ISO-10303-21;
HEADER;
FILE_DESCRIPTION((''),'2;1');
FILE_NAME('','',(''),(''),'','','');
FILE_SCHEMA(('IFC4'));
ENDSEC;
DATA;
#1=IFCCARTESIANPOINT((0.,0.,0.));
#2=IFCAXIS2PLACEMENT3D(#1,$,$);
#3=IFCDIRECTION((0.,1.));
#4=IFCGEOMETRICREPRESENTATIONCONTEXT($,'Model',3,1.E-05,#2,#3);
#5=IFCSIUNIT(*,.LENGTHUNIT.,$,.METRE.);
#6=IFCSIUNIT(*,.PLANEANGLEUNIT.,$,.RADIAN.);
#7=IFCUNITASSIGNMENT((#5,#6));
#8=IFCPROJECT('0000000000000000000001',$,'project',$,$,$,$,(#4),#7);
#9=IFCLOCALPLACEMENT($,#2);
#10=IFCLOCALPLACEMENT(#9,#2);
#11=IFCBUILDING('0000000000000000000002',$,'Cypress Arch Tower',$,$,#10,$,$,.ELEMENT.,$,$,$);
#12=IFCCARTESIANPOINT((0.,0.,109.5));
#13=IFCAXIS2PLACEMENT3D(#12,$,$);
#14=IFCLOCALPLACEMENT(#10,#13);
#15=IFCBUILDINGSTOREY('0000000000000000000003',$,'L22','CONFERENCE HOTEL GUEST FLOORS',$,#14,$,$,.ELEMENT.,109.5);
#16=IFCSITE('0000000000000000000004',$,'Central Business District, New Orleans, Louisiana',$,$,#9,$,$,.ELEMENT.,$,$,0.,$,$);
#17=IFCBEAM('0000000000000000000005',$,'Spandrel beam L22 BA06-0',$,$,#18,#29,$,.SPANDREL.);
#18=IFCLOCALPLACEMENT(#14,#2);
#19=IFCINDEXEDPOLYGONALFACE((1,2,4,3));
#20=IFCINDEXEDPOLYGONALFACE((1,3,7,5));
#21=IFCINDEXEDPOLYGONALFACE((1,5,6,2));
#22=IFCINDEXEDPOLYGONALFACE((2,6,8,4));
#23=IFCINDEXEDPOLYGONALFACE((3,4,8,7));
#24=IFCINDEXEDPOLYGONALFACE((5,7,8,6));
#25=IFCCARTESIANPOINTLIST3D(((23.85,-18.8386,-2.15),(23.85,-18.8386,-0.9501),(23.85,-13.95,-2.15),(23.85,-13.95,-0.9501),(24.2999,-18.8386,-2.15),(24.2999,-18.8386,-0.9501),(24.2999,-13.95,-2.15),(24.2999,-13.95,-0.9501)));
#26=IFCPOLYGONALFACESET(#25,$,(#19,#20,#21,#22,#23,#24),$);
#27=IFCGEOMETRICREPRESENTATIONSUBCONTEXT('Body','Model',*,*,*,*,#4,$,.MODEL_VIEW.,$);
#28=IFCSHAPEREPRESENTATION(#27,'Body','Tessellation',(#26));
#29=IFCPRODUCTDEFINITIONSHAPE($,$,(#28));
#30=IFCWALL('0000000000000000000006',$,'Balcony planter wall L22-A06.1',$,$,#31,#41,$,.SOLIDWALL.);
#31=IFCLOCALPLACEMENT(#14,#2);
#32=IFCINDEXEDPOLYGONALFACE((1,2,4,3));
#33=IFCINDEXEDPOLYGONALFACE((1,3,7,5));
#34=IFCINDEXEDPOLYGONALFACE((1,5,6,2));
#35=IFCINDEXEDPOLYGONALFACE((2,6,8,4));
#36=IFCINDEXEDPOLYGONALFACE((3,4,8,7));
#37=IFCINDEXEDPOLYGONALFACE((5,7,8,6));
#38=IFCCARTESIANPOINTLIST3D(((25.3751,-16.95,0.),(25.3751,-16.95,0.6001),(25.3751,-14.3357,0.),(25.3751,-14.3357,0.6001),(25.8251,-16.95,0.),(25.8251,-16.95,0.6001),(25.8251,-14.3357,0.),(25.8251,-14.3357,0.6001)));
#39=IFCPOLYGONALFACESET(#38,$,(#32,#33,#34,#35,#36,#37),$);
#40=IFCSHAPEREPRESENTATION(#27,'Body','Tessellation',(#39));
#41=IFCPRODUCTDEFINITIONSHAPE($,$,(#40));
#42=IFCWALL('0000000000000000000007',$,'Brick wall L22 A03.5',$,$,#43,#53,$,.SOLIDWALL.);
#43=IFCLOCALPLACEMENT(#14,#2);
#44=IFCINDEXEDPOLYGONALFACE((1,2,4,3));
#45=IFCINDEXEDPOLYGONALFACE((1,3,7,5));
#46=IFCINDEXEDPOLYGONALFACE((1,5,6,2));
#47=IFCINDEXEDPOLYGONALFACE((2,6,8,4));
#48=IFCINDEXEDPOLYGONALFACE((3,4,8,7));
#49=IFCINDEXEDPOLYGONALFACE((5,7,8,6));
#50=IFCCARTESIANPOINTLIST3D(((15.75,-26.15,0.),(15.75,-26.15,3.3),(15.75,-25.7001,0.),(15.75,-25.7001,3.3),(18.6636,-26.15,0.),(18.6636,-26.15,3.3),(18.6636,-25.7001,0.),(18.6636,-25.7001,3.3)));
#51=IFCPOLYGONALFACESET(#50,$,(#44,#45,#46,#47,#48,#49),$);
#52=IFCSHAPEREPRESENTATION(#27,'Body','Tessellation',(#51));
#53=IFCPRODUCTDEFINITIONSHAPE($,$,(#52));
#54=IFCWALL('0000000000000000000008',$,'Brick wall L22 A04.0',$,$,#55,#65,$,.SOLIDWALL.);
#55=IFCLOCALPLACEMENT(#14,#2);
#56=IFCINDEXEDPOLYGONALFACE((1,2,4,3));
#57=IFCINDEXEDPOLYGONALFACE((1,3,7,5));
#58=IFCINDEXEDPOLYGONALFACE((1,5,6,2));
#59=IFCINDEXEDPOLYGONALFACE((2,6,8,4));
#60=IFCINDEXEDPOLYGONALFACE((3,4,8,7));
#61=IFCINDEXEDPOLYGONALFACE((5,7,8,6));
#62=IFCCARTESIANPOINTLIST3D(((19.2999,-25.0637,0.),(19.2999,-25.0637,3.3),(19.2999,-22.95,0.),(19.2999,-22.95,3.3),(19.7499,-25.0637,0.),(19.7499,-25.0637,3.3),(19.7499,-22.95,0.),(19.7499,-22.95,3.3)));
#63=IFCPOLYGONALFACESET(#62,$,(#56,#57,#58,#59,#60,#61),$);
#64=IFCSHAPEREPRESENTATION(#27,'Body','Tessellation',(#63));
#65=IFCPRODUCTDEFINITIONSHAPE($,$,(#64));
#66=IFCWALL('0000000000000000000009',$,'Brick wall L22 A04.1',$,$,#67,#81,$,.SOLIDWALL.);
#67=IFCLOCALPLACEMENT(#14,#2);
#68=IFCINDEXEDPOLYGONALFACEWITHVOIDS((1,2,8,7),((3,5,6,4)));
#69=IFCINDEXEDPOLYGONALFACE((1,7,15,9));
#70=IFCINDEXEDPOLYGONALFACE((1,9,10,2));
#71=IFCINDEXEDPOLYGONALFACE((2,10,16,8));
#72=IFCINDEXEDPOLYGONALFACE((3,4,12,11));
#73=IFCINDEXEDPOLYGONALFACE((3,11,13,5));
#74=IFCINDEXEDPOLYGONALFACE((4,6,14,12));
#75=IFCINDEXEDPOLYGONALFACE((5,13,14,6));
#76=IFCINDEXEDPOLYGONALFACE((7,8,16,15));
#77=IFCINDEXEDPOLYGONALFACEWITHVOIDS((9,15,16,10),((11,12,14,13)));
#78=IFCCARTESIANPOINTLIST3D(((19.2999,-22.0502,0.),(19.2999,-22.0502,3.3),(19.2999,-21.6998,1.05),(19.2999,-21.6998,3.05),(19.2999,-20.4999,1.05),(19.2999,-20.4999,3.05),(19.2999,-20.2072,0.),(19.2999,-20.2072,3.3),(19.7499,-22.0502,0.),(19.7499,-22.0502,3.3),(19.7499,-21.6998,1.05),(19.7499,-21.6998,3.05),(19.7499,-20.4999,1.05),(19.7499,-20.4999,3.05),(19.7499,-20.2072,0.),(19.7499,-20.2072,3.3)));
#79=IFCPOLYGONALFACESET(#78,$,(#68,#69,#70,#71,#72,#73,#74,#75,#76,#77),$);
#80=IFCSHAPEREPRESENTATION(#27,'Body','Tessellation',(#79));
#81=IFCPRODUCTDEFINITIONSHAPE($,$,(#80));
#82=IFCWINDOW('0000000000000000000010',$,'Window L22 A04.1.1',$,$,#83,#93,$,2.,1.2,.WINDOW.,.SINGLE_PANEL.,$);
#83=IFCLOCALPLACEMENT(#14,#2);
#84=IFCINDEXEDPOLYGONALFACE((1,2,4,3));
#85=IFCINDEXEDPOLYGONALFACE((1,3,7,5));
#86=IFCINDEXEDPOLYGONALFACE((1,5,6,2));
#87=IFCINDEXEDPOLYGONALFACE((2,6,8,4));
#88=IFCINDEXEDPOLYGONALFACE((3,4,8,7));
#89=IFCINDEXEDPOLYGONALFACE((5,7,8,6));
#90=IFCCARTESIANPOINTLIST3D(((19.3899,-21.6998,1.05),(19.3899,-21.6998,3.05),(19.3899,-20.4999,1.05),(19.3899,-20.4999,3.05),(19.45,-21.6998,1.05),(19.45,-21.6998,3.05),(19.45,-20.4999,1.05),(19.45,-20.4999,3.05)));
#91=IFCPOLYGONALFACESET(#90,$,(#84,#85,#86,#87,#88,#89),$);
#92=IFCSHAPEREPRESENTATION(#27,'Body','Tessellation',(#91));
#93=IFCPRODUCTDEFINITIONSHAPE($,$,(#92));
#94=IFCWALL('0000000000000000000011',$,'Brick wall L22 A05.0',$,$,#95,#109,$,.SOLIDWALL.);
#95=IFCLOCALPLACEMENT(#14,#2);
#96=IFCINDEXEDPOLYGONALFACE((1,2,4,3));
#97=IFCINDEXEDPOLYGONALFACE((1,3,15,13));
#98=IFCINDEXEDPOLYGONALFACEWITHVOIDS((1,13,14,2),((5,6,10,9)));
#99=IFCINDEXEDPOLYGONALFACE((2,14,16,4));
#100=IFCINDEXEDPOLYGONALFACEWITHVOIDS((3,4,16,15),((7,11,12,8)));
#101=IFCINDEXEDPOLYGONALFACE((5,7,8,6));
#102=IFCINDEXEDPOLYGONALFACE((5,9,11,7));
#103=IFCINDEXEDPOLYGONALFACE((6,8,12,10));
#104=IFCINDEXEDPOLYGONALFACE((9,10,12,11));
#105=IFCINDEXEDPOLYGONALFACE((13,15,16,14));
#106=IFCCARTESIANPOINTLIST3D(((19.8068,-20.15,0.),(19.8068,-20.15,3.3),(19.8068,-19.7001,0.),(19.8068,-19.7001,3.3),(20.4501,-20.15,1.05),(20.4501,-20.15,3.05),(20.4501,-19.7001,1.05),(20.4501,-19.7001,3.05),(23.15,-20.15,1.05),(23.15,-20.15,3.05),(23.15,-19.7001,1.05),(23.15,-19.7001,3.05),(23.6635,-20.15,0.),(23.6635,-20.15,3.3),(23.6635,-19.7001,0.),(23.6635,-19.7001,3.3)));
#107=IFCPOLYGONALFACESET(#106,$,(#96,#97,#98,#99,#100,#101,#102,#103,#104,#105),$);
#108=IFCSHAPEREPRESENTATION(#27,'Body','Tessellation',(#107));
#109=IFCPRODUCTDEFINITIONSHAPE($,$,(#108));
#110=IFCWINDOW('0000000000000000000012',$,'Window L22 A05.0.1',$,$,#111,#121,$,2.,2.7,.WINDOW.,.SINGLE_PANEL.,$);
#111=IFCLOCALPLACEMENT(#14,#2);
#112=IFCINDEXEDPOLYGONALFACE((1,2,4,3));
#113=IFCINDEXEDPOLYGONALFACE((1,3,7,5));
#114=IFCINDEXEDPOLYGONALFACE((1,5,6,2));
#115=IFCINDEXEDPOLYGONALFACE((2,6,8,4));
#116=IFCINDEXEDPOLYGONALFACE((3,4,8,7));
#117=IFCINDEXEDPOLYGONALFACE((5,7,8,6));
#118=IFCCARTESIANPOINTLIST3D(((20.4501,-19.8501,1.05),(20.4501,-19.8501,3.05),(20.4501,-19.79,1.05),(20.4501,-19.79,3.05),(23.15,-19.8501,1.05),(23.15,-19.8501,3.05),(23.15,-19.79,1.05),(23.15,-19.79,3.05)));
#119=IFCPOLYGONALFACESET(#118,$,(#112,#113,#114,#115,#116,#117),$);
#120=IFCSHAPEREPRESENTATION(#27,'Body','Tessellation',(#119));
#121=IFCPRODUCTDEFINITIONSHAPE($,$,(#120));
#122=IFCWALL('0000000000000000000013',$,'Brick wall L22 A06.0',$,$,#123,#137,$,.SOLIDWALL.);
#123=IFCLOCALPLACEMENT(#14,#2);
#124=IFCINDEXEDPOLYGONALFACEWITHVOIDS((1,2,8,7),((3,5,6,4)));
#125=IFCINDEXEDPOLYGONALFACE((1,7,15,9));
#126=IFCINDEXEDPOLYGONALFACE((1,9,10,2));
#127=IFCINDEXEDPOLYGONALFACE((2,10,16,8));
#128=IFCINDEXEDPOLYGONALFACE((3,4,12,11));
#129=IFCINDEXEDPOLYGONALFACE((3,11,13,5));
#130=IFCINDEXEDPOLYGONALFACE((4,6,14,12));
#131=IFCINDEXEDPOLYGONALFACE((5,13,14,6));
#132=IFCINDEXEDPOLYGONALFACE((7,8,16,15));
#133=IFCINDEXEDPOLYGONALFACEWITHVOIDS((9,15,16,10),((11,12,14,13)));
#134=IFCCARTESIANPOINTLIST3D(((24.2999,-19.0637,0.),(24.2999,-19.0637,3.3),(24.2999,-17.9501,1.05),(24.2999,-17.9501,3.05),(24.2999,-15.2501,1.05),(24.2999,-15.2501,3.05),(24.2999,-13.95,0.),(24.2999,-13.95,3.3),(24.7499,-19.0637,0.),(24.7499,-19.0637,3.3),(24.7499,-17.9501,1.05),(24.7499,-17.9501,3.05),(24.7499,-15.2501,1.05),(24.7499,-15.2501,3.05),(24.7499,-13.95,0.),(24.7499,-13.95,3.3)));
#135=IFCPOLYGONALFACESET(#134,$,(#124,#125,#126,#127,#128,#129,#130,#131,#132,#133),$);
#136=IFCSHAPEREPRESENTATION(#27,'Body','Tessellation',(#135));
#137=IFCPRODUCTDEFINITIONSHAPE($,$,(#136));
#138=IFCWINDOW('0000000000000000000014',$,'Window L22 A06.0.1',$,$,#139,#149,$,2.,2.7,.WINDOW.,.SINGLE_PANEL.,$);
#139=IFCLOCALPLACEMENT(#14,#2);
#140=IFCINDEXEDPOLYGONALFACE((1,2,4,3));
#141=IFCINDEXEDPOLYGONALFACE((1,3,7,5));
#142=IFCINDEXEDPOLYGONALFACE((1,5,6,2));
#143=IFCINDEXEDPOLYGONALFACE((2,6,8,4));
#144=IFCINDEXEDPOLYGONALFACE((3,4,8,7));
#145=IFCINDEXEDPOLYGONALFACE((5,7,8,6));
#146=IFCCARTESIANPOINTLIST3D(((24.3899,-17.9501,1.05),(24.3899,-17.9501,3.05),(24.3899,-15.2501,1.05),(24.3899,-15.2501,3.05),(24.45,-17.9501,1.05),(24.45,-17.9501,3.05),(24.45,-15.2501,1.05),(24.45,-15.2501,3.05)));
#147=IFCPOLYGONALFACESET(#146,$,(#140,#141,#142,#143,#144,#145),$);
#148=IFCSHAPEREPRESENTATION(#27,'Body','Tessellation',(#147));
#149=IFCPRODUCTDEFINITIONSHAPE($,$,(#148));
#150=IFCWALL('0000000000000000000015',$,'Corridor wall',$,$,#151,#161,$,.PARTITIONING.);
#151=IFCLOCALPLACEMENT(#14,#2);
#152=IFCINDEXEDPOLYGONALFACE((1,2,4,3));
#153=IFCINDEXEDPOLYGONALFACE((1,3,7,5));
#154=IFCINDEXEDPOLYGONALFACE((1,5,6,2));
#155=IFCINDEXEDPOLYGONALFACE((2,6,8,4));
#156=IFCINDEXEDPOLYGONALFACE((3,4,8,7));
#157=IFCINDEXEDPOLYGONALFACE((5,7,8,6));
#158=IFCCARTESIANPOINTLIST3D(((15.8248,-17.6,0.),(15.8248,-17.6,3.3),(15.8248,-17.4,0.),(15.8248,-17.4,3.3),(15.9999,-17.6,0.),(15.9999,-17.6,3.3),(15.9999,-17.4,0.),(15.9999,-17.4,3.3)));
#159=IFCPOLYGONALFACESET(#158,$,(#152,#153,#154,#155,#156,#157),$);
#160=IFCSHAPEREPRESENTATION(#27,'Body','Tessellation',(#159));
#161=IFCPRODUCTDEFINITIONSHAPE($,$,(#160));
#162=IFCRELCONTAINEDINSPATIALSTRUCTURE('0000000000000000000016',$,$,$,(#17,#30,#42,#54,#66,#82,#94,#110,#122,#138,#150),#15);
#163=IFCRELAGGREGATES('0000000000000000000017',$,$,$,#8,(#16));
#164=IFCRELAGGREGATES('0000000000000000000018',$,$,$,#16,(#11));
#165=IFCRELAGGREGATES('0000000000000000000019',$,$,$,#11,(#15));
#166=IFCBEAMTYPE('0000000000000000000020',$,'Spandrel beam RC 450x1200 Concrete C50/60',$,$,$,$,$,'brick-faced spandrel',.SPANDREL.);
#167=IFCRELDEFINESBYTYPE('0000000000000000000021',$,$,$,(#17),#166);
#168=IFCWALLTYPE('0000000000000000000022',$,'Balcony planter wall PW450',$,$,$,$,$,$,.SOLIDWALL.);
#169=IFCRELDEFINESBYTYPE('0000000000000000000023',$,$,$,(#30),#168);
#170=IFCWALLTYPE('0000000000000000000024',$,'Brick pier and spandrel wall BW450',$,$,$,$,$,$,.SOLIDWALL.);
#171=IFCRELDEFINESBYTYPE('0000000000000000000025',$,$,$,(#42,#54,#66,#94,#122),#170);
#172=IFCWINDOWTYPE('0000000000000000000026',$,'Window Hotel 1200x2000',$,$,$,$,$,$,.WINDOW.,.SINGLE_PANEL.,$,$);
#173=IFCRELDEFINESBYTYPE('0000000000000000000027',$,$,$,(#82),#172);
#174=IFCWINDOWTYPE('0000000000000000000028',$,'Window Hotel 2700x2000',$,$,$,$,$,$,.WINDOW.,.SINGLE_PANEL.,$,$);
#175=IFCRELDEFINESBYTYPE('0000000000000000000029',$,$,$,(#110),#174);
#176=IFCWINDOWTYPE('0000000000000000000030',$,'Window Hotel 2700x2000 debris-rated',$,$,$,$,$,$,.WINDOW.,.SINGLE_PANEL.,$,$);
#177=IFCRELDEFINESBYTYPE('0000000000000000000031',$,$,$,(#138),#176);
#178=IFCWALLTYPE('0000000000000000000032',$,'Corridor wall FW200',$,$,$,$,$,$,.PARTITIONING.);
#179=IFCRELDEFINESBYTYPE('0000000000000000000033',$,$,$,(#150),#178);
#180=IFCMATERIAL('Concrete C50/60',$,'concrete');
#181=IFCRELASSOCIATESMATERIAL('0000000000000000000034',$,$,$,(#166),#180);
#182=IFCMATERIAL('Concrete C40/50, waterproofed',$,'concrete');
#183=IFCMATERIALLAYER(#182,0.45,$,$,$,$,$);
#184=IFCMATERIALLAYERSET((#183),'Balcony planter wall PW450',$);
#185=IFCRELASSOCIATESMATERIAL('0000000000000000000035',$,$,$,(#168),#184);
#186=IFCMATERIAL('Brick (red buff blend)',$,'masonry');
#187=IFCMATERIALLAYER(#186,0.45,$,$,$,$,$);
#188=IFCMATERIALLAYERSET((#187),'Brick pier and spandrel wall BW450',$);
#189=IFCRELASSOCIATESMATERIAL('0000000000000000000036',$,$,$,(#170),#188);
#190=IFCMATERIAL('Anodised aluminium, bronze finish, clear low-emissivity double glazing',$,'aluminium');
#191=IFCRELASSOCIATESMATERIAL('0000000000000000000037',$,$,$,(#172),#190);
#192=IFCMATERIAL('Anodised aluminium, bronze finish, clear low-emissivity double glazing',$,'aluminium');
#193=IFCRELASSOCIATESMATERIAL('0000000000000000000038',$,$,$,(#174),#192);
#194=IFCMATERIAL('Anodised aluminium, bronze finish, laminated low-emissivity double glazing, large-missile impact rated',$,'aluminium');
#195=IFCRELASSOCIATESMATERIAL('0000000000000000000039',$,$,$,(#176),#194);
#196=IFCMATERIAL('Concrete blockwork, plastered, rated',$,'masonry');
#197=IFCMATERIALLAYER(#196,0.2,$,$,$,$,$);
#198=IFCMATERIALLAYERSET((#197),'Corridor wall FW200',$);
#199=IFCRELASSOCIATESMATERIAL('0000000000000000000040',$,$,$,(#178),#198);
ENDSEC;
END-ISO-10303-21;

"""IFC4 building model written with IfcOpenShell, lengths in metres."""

from ifc_helpers import new_model, si_unit, direction, frame, frame_2d, origin, origin_2d, place, context, subcontext, project, spatial, rectangle, extrude, material, layer, layer_set, material_profile, profile_set, type_object, element, fill, save


model = new_model("IFC4")

# Units and contexts
model_context = context("Model", 3, precision=1e-05, world=origin(), true_north=direction((0.0, 1.0)))
body_context = subcontext(model_context, "Body", "Model", "MODEL_VIEW")
ifc_project = project(units=[si_unit("LENGTHUNIT", "METRE"), si_unit("PLANEANGLEUNIT", "RADIAN")], contexts=[model_context])

# Site, building, storey
site_placement = place(None, origin())
site = spatial("IfcSite", under=ifc_project, at=site_placement, Name="Central Business District, New Orleans, Louisiana", CompositionType="ELEMENT", RefElevation=0.0)
building_placement = place(site_placement, origin())
building = spatial("IfcBuilding", under=site, at=building_placement, Name="Cypress Arch Tower", CompositionType="ELEMENT")
storey_placement = place(building_placement, frame((0.0, 0.0, 109.5)))
storey = spatial("IfcBuildingStorey", under=building, at=storey_placement, Name="L22", Description="CONFERENCE HOTEL GUEST FLOORS", CompositionType="ELEMENT", Elevation=109.5)

# Beam
ifc_material_1 = material(Name="Concrete C50/60", Category="concrete")
ifc_material_profile_1 = material_profile(ifc_material_1, rectangle(XDim=0.45, YDim=1.2, at=origin_2d()), Name="RC 450x1200")
ifc_profile_set_1 = profile_set([ifc_material_profile_1], Name="Concrete C50/60")
beam_type = type_object("IfcBeamType", Name="Spandrel beam RC 450x1200 Concrete C50/60", ElementType="brick-faced spandrel", PredefinedType="SPANDREL", material=ifc_profile_set_1)
beam_1_placement = place(storey_placement, frame((24.075, -18.8386, -1.55), z_axis=(0.0, 1.0, 0.0), x_axis=(-1.0, 0.0, 0.0)))
element("IfcBeam", 1, at=beam_1_placement, inside=storey, type_object=beam_type, Name="Spandrel beam L22 BA06-0", PredefinedType="SPANDREL", context=body_context, shape_type="SweptSolid", body=[
    extrude(rectangle(XDim=0.45, YDim=1.2, at=origin_2d()), origin(), (0.0, 0.0, 1.0), 4.8887),
])

# Walls
ifc_material_2 = material(Name="Concrete C40/50, waterproofed", Category="concrete")
ifc_layer_1 = layer(ifc_material_2, 0.45)
ifc_layer_set_1 = layer_set([ifc_layer_1], Name="Balcony planter wall PW450")
wall_type_1 = type_object("IfcWallType", Name="Balcony planter wall PW450", PredefinedType="SOLIDWALL", material=ifc_layer_set_1)
wall_1_placement = place(storey_placement, frame((25.6001, -16.95, 0.0), z_axis=(0.0, 0.0, 1.0), x_axis=(0.0, 1.0, 0.0)))
element("IfcWall", 2, at=wall_1_placement, inside=storey, type_object=wall_type_1, Name="Balcony planter wall L22-A06.1", PredefinedType="SOLIDWALL", context=body_context, shape_type="SweptSolid", body=[
    extrude(rectangle(XDim=2.6143, YDim=0.45, at=frame_2d((1.3071, 0.0))), origin(), (0.0, 0.0, 1.0), 0.6001),
])
ifc_material_3 = material(Name="Brick (red buff blend)", Category="masonry")
ifc_layer_2 = layer(ifc_material_3, 0.45)
ifc_layer_set_2 = layer_set([ifc_layer_2], Name="Brick pier and spandrel wall BW450")
wall_type_2 = type_object("IfcWallType", Name="Brick pier and spandrel wall BW450", PredefinedType="SOLIDWALL", material=ifc_layer_set_2)
wall_2_placement = place(storey_placement, frame((15.75, -25.925, 0.0), z_axis=(0.0, 0.0, 1.0), x_axis=(1.0, 0.0, 0.0)))
element("IfcWall", 3, at=wall_2_placement, inside=storey, type_object=wall_type_2, Name="Brick wall L22 A03.5", PredefinedType="SOLIDWALL", context=body_context, shape_type="SweptSolid", body=[
    extrude(rectangle(XDim=2.9136, YDim=0.45, at=frame_2d((1.4568, 0.0))), origin(), (0.0, 0.0, 1.0), 3.3),
])
wall_3_placement = place(storey_placement, frame((19.5249, -25.0637, 0.0), z_axis=(0.0, 0.0, 1.0), x_axis=(0.0, 1.0, 0.0)))
element("IfcWall", 4, at=wall_3_placement, inside=storey, type_object=wall_type_2, Name="Brick wall L22 A04.0", PredefinedType="SOLIDWALL", context=body_context, shape_type="SweptSolid", body=[
    extrude(rectangle(XDim=2.1138, YDim=0.45, at=frame_2d((1.0569, 0.0))), origin(), (0.0, 0.0, 1.0), 3.3),
])

# Walls, openings, windows
wall_4_placement = place(storey_placement, frame((19.5249, -22.05, 0.0), z_axis=(0.0, 0.0, 1.0), x_axis=(0.0, 1.0, 0.0)))
wall_4 = element("IfcWall", 5, at=wall_4_placement, inside=storey, type_object=wall_type_2, Name="Brick wall L22 A04.1", PredefinedType="SOLIDWALL", context=body_context, shape_type="SweptSolid", body=[
    extrude(rectangle(XDim=1.843, YDim=0.45, at=frame_2d((0.9214, 0.0))), origin(), (0.0, 0.0, 1.0), 3.3),
])
opening_1_placement = place(wall_4_placement, frame((0.3501, 0.0, 1.05)))
opening_1 = element("IfcOpeningElement", 6, at=opening_1_placement, cuts=wall_4, PredefinedType="OPENING", context=body_context, shape_type="SweptSolid", body=[
    extrude(rectangle(XDim=1.2, YDim=2.0, at=frame_2d((0.6001, 1.0))), frame((0.0, 0.2349, 0.0), z_axis=(0.0, -1.0, 0.0), x_axis=(1.0, 0.0, 0.0)), (0.0, 0.0, 1.0), 0.47),
])
ifc_material_4 = material(Name="Anodised aluminium, bronze finish, clear low-emissivity double glazing", Category="aluminium")
window_type_1 = type_object("IfcWindowType", Name="Window Hotel 1200x2000", PartitioningType="SINGLE_PANEL", PredefinedType="WINDOW", material=ifc_material_4)
window_1_placement = place(opening_1_placement, origin())
window_1 = element("IfcWindow", 7, at=window_1_placement, inside=storey, type_object=window_type_1, Name="Window L22 A04.1.1", OverallHeight=2.0, OverallWidth=1.2, PartitioningType="SINGLE_PANEL", PredefinedType="WINDOW", context=body_context, shape_type="SweptSolid", body=[
    extrude(rectangle(XDim=1.2, YDim=2.0, at=frame_2d((0.6001, 1.0))), frame((0.0, 0.135, 0.0), z_axis=(0.0, -1.0, 0.0), x_axis=(1.0, 0.0, 0.0)), (0.0, 0.0, 1.0), 0.0601),
])
fill(opening_1, window_1)
wall_5_placement = place(storey_placement, frame((19.8069, -19.925, 0.0), z_axis=(0.0, 0.0, 1.0), x_axis=(1.0, 0.0, 0.0)))
wall_5 = element("IfcWall", 8, at=wall_5_placement, inside=storey, type_object=wall_type_2, Name="Brick wall L22 A05.0", PredefinedType="SOLIDWALL", context=body_context, shape_type="SweptSolid", body=[
    extrude(rectangle(XDim=3.8567, YDim=0.45, at=frame_2d((1.9282, 0.0))), origin(), (0.0, 0.0, 1.0), 3.3),
])
opening_2_placement = place(wall_5_placement, frame((0.6431, 0.0, 1.05)))
opening_2 = element("IfcOpeningElement", 9, at=opening_2_placement, cuts=wall_5, PredefinedType="OPENING", context=body_context, shape_type="SweptSolid", body=[
    extrude(rectangle(XDim=2.7, YDim=2.0, at=frame_2d((1.3501, 1.0))), frame((0.0, 0.2349, 0.0), z_axis=(0.0, -1.0, 0.0), x_axis=(1.0, 0.0, 0.0)), (0.0, 0.0, 1.0), 0.47),
])
ifc_material_5 = material(Name="Anodised aluminium, bronze finish, clear low-emissivity double glazing", Category="aluminium")
window_type_2 = type_object("IfcWindowType", Name="Window Hotel 2700x2000", PartitioningType="SINGLE_PANEL", PredefinedType="WINDOW", material=ifc_material_5)
window_2_placement = place(opening_2_placement, origin())
window_2 = element("IfcWindow", 10, at=window_2_placement, inside=storey, type_object=window_type_2, Name="Window L22 A05.0.1", OverallHeight=2.0, OverallWidth=2.7, PartitioningType="SINGLE_PANEL", PredefinedType="WINDOW", context=body_context, shape_type="SweptSolid", body=[
    extrude(rectangle(XDim=2.7, YDim=2.0, at=frame_2d((1.3501, 1.0))), frame((0.0, 0.135, 0.0), z_axis=(0.0, -1.0, 0.0), x_axis=(1.0, 0.0, 0.0)), (0.0, 0.0, 1.0), 0.0601),
])
fill(opening_2, window_2)
wall_6_placement = place(storey_placement, frame((24.5249, -19.0637, 0.0), z_axis=(0.0, 0.0, 1.0), x_axis=(0.0, 1.0, 0.0)))
wall_6 = element("IfcWall", 11, at=wall_6_placement, inside=storey, type_object=wall_type_2, Name="Brick wall L22 A06.0", PredefinedType="SOLIDWALL", context=body_context, shape_type="SweptSolid", body=[
    extrude(rectangle(XDim=5.1138, YDim=0.45, at=frame_2d((2.5569, 0.0))), origin(), (0.0, 0.0, 1.0), 3.3),
])
opening_3_placement = place(wall_6_placement, frame((1.1135, 0.0, 1.05)))
opening_3 = element("IfcOpeningElement", 12, at=opening_3_placement, cuts=wall_6, PredefinedType="OPENING", context=body_context, shape_type="SweptSolid", body=[
    extrude(rectangle(XDim=2.7, YDim=2.0, at=frame_2d((1.3501, 1.0))), frame((0.0, 0.2349, 0.0), z_axis=(0.0, -1.0, 0.0), x_axis=(1.0, 0.0, 0.0)), (0.0, 0.0, 1.0), 0.47),
])
ifc_material_6 = material(Name="Anodised aluminium, bronze finish, laminated low-emissivity double glazing, large-missile impact rated", Category="aluminium")
window_type_3 = type_object("IfcWindowType", Name="Window Hotel 2700x2000 debris-rated", PartitioningType="SINGLE_PANEL", PredefinedType="WINDOW", material=ifc_material_6)
window_3_placement = place(opening_3_placement, origin())
window_3 = element("IfcWindow", 13, at=window_3_placement, inside=storey, type_object=window_type_3, Name="Window L22 A06.0.1", OverallHeight=2.0, OverallWidth=2.7, PartitioningType="SINGLE_PANEL", PredefinedType="WINDOW", context=body_context, shape_type="SweptSolid", body=[
    extrude(rectangle(XDim=2.7, YDim=2.0, at=frame_2d((1.3501, 1.0))), frame((0.0, 0.135, 0.0), z_axis=(0.0, -1.0, 0.0), x_axis=(1.0, 0.0, 0.0)), (0.0, 0.0, 1.0), 0.0601),
])
fill(opening_3, window_3)

# Wall
ifc_material_7 = material(Name="Concrete blockwork, plastered, rated", Category="masonry")
ifc_layer_3 = layer(ifc_material_7, 0.2)
ifc_layer_set_3 = layer_set([ifc_layer_3], Name="Corridor wall FW200")
wall_type_3 = type_object("IfcWallType", Name="Corridor wall FW200", PredefinedType="PARTITIONING", material=ifc_layer_set_3)
wall_7_placement = place(storey_placement, frame((15.825, -17.5, 0.0), z_axis=(0.0, 0.0, 1.0), x_axis=(1.0, 0.0, 0.0)))
element("IfcWall", 14, at=wall_7_placement, inside=storey, type_object=wall_type_3, Name="Corridor wall", PredefinedType="PARTITIONING", context=body_context, shape_type="SweptSolid", body=[
    extrude(rectangle(XDim=0.175, YDim=0.2, at=frame_2d((0.0874, 0.0))), origin(), (0.0, 0.0, 1.0), 3.3),
])

save(model, "model.ifc")
